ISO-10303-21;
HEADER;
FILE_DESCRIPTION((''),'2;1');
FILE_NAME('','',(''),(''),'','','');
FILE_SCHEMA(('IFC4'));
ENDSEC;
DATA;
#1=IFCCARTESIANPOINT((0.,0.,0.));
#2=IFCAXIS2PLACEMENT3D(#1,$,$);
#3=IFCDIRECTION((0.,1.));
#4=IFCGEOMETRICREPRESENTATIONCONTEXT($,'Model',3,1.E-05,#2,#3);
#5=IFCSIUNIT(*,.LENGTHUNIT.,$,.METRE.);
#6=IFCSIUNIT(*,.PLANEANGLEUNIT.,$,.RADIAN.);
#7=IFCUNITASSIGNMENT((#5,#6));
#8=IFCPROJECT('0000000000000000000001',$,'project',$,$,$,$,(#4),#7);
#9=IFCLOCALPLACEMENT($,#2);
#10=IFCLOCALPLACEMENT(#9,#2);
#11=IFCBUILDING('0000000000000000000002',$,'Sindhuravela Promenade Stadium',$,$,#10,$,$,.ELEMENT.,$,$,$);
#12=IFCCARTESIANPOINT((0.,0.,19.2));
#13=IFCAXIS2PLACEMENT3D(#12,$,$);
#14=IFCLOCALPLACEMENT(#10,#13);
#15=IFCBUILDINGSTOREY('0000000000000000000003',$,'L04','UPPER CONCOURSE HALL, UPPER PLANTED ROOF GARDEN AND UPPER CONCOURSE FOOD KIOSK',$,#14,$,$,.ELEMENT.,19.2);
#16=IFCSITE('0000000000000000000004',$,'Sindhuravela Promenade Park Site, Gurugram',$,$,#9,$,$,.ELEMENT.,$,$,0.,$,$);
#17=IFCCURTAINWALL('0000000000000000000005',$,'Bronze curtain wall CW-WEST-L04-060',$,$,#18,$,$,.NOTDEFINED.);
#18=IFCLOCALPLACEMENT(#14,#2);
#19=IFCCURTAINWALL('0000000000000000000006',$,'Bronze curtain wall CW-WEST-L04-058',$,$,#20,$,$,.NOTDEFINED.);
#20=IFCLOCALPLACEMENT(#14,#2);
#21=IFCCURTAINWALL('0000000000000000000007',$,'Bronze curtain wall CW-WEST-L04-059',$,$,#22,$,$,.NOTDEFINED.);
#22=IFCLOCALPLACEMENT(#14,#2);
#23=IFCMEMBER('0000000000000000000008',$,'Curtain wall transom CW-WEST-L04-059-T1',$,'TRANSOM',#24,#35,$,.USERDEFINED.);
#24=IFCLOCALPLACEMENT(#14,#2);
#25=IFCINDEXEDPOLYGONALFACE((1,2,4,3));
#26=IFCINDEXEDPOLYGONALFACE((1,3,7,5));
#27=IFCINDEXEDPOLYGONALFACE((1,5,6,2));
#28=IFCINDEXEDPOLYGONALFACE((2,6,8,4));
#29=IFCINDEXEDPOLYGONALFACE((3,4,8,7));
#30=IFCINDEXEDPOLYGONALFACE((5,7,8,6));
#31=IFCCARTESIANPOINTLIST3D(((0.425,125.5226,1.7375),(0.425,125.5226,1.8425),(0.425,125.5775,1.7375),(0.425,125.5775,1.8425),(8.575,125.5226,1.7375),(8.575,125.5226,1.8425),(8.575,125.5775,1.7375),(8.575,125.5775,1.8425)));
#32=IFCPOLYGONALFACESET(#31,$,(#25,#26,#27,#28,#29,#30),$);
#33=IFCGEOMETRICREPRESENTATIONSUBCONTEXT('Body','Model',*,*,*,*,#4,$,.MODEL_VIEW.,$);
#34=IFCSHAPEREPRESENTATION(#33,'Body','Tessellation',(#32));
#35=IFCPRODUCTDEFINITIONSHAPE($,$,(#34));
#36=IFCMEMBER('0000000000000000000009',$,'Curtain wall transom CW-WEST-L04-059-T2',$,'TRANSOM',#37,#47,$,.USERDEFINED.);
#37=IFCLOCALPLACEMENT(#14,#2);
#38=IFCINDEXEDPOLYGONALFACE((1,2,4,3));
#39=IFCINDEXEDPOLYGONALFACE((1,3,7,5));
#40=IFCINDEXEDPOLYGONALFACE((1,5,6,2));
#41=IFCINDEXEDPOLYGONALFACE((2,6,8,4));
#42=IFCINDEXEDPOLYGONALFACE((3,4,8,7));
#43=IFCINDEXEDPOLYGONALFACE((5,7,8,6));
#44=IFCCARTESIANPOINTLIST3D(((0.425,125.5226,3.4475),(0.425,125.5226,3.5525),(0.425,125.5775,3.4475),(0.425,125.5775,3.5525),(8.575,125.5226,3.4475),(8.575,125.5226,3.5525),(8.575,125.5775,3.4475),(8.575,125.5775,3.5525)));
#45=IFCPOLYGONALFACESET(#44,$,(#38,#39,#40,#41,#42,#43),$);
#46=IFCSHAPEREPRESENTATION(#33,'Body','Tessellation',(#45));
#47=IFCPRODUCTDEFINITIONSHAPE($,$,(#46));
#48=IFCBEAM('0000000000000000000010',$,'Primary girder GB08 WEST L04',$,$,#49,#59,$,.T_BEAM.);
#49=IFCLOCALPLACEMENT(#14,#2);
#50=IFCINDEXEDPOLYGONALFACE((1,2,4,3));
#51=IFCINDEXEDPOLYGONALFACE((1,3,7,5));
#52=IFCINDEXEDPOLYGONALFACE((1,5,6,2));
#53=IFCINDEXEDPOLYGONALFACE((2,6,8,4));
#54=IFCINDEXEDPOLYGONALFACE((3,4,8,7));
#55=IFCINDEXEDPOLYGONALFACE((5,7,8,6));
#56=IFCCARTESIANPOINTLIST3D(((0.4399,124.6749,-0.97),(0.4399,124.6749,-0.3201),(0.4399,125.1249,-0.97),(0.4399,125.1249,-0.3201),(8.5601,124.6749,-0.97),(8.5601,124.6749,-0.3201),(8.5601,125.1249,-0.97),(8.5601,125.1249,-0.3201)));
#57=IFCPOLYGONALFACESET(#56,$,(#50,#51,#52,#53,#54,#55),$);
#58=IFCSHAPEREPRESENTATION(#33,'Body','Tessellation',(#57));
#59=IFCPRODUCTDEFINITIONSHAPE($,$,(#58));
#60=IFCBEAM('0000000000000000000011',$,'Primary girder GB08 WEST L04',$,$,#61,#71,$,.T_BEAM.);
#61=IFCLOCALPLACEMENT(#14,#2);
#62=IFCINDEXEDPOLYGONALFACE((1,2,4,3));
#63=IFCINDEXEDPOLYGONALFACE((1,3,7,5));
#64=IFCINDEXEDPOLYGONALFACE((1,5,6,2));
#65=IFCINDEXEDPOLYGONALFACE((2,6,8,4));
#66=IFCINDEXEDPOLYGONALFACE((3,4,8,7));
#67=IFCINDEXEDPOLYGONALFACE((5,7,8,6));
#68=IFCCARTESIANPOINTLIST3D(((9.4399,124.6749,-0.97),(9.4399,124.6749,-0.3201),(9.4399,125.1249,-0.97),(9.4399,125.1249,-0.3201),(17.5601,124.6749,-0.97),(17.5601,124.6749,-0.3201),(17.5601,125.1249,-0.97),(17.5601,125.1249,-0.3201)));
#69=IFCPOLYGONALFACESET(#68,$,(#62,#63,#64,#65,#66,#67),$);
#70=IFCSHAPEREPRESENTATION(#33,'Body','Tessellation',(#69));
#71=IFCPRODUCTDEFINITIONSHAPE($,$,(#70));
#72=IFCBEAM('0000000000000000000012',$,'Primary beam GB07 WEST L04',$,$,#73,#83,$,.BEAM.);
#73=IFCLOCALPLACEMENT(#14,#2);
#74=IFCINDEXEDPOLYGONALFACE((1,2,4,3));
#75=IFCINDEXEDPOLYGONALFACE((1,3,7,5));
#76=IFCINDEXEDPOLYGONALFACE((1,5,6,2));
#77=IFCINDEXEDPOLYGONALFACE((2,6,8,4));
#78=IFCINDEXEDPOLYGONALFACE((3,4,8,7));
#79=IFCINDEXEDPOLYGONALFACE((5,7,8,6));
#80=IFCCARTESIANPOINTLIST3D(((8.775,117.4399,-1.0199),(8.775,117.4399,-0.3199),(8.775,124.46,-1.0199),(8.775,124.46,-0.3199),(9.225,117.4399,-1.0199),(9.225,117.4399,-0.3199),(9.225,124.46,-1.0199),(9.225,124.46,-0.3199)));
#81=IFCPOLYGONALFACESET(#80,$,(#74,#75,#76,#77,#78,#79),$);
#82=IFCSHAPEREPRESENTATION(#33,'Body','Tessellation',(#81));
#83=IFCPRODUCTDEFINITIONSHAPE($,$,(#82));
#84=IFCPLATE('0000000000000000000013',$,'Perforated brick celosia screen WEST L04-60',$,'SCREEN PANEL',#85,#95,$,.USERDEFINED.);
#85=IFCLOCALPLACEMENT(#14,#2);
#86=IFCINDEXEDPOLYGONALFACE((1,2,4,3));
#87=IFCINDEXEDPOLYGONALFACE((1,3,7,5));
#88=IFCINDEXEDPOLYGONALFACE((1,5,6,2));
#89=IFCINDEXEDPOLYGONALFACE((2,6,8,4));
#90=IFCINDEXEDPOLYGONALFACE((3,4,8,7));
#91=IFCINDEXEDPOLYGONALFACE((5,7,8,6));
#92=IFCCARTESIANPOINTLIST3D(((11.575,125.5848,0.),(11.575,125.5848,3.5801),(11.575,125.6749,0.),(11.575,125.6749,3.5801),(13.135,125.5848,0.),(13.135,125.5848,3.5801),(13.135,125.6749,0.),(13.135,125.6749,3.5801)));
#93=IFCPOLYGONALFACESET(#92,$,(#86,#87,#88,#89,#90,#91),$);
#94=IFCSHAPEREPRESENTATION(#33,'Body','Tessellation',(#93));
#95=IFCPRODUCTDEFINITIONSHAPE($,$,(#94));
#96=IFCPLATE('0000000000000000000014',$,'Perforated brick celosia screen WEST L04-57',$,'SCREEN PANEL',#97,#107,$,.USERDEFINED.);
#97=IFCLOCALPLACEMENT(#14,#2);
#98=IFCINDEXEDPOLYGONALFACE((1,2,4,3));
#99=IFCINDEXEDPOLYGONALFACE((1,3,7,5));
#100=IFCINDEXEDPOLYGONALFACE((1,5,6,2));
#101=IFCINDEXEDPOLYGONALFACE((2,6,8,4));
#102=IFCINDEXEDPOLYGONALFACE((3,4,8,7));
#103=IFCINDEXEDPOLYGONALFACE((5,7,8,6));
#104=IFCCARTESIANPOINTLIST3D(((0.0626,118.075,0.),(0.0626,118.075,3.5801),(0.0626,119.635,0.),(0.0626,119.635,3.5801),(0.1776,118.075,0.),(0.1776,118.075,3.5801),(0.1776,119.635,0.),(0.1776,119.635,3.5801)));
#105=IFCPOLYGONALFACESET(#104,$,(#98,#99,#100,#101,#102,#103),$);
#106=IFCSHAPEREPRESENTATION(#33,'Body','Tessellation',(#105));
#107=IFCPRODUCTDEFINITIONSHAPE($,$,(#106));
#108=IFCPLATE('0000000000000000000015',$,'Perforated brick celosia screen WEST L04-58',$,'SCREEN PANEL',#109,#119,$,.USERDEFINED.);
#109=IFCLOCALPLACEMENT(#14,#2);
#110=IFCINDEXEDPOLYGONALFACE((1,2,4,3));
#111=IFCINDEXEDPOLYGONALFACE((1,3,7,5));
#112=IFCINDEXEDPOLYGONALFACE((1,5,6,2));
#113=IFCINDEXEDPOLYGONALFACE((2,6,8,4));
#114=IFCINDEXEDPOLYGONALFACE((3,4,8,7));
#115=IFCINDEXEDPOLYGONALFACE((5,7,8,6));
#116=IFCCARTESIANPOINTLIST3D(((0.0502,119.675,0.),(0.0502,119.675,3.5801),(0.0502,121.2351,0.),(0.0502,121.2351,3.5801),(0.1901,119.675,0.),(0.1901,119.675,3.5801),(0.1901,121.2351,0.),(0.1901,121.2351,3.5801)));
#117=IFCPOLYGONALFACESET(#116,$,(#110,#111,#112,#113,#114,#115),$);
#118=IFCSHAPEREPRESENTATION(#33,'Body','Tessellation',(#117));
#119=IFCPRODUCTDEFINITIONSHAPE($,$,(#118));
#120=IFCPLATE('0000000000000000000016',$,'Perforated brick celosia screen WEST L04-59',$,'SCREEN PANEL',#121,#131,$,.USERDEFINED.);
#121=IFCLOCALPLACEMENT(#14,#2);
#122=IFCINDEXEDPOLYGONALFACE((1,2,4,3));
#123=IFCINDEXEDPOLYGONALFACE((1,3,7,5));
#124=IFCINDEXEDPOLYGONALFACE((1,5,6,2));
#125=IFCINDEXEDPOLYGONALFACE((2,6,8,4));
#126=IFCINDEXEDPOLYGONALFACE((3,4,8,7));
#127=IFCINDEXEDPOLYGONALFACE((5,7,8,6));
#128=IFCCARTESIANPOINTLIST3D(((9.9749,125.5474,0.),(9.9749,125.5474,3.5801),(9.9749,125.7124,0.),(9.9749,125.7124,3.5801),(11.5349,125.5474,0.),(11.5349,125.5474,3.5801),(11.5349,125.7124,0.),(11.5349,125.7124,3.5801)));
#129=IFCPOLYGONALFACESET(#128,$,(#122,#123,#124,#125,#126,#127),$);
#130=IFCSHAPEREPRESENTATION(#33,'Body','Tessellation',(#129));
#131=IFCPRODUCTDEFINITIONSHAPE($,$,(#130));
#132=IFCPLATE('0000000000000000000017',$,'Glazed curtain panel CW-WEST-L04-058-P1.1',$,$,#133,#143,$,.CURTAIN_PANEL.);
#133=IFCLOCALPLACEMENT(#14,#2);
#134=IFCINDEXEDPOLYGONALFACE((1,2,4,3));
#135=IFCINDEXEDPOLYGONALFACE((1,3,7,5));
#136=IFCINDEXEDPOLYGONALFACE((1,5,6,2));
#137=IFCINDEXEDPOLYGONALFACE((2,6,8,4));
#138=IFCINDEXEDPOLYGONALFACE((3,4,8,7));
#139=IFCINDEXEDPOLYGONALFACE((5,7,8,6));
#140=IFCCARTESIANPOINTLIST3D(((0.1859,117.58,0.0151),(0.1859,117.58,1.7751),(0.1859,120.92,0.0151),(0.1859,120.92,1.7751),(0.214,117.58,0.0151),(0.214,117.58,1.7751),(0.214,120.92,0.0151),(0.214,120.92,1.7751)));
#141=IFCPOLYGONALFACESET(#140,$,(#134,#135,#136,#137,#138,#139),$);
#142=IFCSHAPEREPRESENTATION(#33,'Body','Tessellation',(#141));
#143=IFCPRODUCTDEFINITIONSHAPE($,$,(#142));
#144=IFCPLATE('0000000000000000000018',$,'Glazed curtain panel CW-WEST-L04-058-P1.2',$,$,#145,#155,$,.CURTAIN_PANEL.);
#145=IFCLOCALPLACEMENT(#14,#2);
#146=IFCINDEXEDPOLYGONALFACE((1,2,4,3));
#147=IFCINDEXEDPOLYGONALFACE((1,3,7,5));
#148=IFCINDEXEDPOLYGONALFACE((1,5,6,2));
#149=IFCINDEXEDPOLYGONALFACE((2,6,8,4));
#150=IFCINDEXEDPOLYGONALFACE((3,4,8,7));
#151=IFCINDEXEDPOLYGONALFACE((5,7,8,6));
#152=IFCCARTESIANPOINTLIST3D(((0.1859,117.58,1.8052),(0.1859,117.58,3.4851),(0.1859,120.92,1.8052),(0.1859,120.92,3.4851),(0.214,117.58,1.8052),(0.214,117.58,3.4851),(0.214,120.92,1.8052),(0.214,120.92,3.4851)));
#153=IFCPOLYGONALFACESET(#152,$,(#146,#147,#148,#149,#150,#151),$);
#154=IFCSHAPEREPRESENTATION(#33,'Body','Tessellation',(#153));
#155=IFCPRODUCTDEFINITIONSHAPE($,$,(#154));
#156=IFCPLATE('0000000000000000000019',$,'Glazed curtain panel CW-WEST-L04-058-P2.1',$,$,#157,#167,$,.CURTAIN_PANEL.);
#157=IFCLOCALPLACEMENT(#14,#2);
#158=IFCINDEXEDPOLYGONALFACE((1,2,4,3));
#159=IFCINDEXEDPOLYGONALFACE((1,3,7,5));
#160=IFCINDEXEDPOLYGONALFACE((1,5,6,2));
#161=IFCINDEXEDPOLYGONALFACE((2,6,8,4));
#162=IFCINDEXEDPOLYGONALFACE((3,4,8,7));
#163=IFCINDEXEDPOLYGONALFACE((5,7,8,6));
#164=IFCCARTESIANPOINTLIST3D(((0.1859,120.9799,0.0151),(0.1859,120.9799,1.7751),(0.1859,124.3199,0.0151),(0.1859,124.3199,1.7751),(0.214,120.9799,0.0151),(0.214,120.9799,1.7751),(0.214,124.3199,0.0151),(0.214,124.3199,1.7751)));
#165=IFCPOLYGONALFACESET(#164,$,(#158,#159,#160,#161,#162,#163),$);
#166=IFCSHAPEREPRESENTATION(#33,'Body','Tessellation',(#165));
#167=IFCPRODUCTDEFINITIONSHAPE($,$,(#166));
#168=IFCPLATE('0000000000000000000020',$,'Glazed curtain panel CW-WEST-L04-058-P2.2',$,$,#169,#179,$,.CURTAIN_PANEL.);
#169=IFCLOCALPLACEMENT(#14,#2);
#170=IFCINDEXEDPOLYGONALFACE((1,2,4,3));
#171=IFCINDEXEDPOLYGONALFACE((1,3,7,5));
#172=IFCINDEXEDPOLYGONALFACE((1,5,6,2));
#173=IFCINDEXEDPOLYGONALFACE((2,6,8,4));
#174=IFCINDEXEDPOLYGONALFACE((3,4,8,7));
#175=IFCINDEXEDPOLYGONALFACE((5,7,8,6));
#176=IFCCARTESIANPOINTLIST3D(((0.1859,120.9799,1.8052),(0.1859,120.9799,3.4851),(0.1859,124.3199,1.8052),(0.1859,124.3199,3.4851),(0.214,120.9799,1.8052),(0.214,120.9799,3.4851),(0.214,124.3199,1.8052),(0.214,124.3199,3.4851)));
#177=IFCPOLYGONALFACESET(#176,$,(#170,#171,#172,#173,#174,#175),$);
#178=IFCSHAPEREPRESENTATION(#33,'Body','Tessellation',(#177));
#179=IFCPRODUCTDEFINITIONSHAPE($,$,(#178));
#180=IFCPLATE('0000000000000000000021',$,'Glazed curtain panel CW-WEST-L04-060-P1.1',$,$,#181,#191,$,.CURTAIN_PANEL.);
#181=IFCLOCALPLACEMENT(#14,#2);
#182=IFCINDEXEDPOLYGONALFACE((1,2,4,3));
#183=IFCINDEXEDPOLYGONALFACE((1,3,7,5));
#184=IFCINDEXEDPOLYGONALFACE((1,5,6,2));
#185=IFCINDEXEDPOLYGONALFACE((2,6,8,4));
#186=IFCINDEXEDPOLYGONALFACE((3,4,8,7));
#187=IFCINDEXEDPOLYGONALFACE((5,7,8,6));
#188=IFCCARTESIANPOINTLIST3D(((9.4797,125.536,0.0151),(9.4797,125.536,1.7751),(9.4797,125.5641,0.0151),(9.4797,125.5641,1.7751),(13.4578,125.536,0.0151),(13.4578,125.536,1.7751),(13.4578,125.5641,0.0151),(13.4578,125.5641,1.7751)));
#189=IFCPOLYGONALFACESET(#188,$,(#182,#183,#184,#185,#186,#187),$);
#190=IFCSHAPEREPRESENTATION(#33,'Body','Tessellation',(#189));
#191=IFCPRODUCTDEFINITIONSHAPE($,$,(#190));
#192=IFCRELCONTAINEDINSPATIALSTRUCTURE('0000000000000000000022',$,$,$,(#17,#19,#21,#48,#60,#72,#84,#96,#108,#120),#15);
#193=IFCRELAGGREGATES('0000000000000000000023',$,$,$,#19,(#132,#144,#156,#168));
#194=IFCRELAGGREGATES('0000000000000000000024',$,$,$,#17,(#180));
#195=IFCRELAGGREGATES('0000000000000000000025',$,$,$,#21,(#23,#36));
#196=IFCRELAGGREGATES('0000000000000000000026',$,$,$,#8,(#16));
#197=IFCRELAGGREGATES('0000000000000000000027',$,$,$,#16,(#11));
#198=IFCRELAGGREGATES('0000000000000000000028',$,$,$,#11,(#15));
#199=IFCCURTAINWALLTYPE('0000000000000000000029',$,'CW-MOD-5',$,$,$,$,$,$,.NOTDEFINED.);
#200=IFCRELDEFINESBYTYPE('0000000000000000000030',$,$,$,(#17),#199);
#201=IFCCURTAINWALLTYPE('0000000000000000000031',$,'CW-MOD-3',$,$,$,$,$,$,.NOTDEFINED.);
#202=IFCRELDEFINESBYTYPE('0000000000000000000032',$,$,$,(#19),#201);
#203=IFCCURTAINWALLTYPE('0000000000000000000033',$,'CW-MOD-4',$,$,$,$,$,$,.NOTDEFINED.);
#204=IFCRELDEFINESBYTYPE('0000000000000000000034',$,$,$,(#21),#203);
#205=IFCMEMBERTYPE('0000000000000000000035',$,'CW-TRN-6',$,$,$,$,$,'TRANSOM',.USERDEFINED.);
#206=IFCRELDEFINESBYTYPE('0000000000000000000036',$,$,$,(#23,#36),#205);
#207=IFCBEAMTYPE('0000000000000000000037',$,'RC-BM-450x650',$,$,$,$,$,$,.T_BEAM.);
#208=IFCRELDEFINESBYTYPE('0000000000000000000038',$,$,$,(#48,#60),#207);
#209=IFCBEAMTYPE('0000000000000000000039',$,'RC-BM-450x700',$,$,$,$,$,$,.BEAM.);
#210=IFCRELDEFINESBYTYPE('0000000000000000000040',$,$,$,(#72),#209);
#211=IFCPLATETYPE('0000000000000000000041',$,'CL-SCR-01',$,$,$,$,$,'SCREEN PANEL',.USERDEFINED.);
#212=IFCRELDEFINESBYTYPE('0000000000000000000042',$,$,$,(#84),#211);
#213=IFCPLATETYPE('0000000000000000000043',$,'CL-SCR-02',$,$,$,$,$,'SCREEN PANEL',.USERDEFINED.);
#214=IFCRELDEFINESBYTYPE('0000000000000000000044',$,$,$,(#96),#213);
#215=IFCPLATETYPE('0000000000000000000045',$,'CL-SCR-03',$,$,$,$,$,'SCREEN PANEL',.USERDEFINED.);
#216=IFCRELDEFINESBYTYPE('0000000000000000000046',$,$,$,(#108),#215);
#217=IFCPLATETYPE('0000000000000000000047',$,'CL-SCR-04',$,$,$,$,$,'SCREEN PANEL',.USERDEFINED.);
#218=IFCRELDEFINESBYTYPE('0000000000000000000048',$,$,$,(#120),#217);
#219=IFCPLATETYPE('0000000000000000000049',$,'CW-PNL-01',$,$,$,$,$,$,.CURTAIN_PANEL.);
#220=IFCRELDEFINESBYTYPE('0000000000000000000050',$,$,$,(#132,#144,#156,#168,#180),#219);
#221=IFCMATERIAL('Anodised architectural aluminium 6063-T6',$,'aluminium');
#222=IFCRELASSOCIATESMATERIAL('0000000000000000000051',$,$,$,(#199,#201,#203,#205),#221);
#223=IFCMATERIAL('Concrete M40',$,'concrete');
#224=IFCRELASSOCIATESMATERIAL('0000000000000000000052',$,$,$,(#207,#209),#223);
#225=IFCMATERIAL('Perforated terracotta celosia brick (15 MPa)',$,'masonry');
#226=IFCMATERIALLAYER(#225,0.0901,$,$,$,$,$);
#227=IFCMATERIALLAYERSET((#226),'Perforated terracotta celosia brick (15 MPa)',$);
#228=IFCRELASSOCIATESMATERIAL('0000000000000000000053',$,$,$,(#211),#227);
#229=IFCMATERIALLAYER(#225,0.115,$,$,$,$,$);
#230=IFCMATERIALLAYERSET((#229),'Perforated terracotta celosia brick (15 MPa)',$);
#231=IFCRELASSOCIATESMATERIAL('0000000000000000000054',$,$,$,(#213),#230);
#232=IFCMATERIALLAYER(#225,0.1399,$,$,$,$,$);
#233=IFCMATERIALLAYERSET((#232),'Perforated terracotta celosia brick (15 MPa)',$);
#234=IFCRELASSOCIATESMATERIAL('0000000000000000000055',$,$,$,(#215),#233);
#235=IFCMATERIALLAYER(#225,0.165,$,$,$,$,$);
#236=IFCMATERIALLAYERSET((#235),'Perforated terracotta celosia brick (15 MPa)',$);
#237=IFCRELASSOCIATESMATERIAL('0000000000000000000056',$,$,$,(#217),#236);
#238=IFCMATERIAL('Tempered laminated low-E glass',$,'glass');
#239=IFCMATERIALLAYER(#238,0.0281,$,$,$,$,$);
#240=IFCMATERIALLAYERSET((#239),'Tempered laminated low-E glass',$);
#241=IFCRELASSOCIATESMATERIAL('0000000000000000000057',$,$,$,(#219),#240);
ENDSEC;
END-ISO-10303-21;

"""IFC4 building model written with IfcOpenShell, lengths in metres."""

from ifc_helpers import new_model, si_unit, direction, frame, origin, origin_2d, place, context, subcontext, project, spatial, rectangle, extrude, material, layer, layer_set, material_profile, profile_set, type_object, element, aggregate, save


model = new_model("IFC4")

# Units and contexts
model_context = context("Model", 3, precision=1e-05, world=origin(), true_north=direction((0.0, 1.0)))
body_context = subcontext(model_context, "Body", "Model", "MODEL_VIEW")
ifc_project = project(units=[si_unit("LENGTHUNIT", "METRE"), si_unit("PLANEANGLEUNIT", "RADIAN")], contexts=[model_context])

# Site, building, storey
site_placement = place(None, origin())
site = spatial("IfcSite", under=ifc_project, at=site_placement, Name="Sindhuravela Promenade Park Site, Gurugram", CompositionType="ELEMENT", RefElevation=0.0)
building_placement = place(site_placement, origin())
building = spatial("IfcBuilding", under=site, at=building_placement, Name="Sindhuravela Promenade Stadium", CompositionType="ELEMENT")
storey_placement = place(building_placement, frame((0.0, 0.0, 19.2)))
storey = spatial("IfcBuildingStorey", under=building, at=storey_placement, Name="L04", Description="UPPER CONCOURSE HALL, UPPER PLANTED ROOF GARDEN AND UPPER CONCOURSE FOOD KIOSK", CompositionType="ELEMENT", Elevation=19.2)

# Shared definitions
ifc_material_1 = material(Name="Concrete M40", Category="concrete")

# Curtain walls
ifc_material_2 = material(Name="Anodised architectural aluminium 6063-T6", Category="aluminium")
curtain_wall_type_1 = type_object("IfcCurtainWallType", Name="CW-MOD-5", PredefinedType="NOTDEFINED", material=ifc_material_2)
curtain_wall_1_placement = place(storey_placement, origin())
curtain_wall_1 = element("IfcCurtainWall", 1, at=curtain_wall_1_placement, inside=storey, type_object=curtain_wall_type_1, Name="Bronze curtain wall CW-WEST-L04-060", PredefinedType="NOTDEFINED")
curtain_wall_type_2 = type_object("IfcCurtainWallType", Name="CW-MOD-3", PredefinedType="NOTDEFINED", material=ifc_material_2)
curtain_wall_2_placement = place(storey_placement, origin())
curtain_wall_2 = element("IfcCurtainWall", 2, at=curtain_wall_2_placement, inside=storey, type_object=curtain_wall_type_2, Name="Bronze curtain wall CW-WEST-L04-058", PredefinedType="NOTDEFINED")
curtain_wall_type_3 = type_object("IfcCurtainWallType", Name="CW-MOD-4", PredefinedType="NOTDEFINED", material=ifc_material_2)
curtain_wall_3_placement = place(storey_placement, origin())
curtain_wall_3 = element("IfcCurtainWall", 3, at=curtain_wall_3_placement, inside=storey, type_object=curtain_wall_type_3, Name="Bronze curtain wall CW-WEST-L04-059", PredefinedType="NOTDEFINED")

# Members
ifc_material_profile_1 = material_profile(ifc_material_2, rectangle(XDim=0.0549, YDim=0.105, at=origin_2d()), Name="ALU T55x105")
ifc_profile_set_1 = profile_set([ifc_material_profile_1], Name="Anodised architectural aluminium 6063-T6")
member_type_1 = type_object("IfcMemberType", Name="CW-TRN-6", ElementType="TRANSOM", PredefinedType="USERDEFINED", material=ifc_profile_set_1)
member_1_placement = place(storey_placement, frame((0.425, 125.55, 1.79), z_axis=(1.0, 0.0, 0.0), x_axis=(0.0, 1.0, 0.0)))
member_1 = element("IfcMember", 4, at=member_1_placement, type_object=member_type_1, Name="Curtain wall transom CW-WEST-L04-059-T1", ObjectType="TRANSOM", PredefinedType="USERDEFINED", context=body_context, shape_type="SweptSolid", body=[
    extrude(rectangle(XDim=0.0549, YDim=0.105, at=origin_2d()), origin(), (0.0, 0.0, 1.0), 8.1499),
])
member_2_placement = place(storey_placement, frame((0.425, 125.55, 3.5), z_axis=(1.0, 0.0, 0.0), x_axis=(0.0, 1.0, 0.0)))
member_2 = element("IfcMember", 5, at=member_2_placement, type_object=member_type_1, Name="Curtain wall transom CW-WEST-L04-059-T2", ObjectType="TRANSOM", PredefinedType="USERDEFINED", context=body_context, shape_type="SweptSolid", body=[
    extrude(rectangle(XDim=0.0549, YDim=0.105, at=origin_2d()), origin(), (0.0, 0.0, 1.0), 8.1499),
])

# Beams
ifc_material_profile_2 = material_profile(ifc_material_1, rectangle(XDim=0.45, YDim=0.6499, at=origin_2d()), Name="RC 450x650")
ifc_profile_set_2 = profile_set([ifc_material_profile_2], Name="Concrete M40")
beam_type_1 = type_object("IfcBeamType", Name="RC-BM-450x650", PredefinedType="T_BEAM", material=ifc_profile_set_2)
for number, where, z_axis, x_axis, name in (
    (6, (0.4399, 124.8999, -0.645), (1.0, 0.0, 0.0), (0.0, 1.0, 0.0), "Primary girder GB08 WEST L04"),
    (7, (9.4399, 124.8999, -0.645), (1.0, 0.0, 0.0), (0.0, 1.0, 0.0), "Primary girder GB08 WEST L04"),
):
    element("IfcBeam", number, at=place(storey_placement, frame(where, z_axis=z_axis, x_axis=x_axis)), inside=storey, type_object=beam_type_1, Name=name, PredefinedType="T_BEAM", context=body_context, shape_type="SweptSolid", body=[
        extrude(rectangle(XDim=0.45, YDim=0.6499, at=origin_2d()), origin(), (0.0, 0.0, 1.0), 8.1201),
    ])
ifc_material_profile_3 = material_profile(ifc_material_1, rectangle(XDim=0.45, YDim=0.7, at=origin_2d()), Name="RC 450x700")
ifc_profile_set_3 = profile_set([ifc_material_profile_3], Name="Concrete M40")
beam_type_2 = type_object("IfcBeamType", Name="RC-BM-450x700", PredefinedType="BEAM", material=ifc_profile_set_3)
beam_placement = place(storey_placement, frame((9.0, 117.4399, -0.6699), z_axis=(0.0, 1.0, 0.0), x_axis=(-1.0, 0.0, 0.0)))
element("IfcBeam", 8, at=beam_placement, inside=storey, type_object=beam_type_2, Name="Primary beam GB07 WEST L04", PredefinedType="BEAM", context=body_context, shape_type="SweptSolid", body=[
    extrude(rectangle(XDim=0.45, YDim=0.7, at=origin_2d()), origin(), (0.0, 0.0, 1.0), 7.02),
])

# Plates
ifc_material_3 = material(Name="Perforated terracotta celosia brick (15 MPa)", Category="masonry")
ifc_layer_1 = layer(ifc_material_3, 0.0901)
ifc_layer_set_1 = layer_set([ifc_layer_1], Name="Perforated terracotta celosia brick (15 MPa)")
plate_type_1 = type_object("IfcPlateType", Name="CL-SCR-01", ElementType="SCREEN PANEL", PredefinedType="USERDEFINED", material=ifc_layer_set_1)
plate_1_placement = place(storey_placement, frame((12.355, 125.6299, 0.0), z_axis=(0.0, 0.0, 1.0), x_axis=(1.0, 0.0, 0.0)))
element("IfcPlate", 9, at=plate_1_placement, inside=storey, type_object=plate_type_1, Name="Perforated brick celosia screen WEST L04-60", ObjectType="SCREEN PANEL", PredefinedType="USERDEFINED", context=body_context, shape_type="SweptSolid", body=[
    extrude(rectangle(XDim=1.5601, YDim=0.0901, at=origin_2d()), origin(), (0.0, 0.0, 1.0), 3.5801),
])
ifc_layer_2 = layer(ifc_material_3, 0.115)
ifc_layer_set_2 = layer_set([ifc_layer_2], Name="Perforated terracotta celosia brick (15 MPa)")
plate_type_2 = type_object("IfcPlateType", Name="CL-SCR-02", ElementType="SCREEN PANEL", PredefinedType="USERDEFINED", material=ifc_layer_set_2)
plate_2_placement = place(storey_placement, frame((0.1201, 118.855, 0.0), z_axis=(0.0, 0.0, 1.0), x_axis=(0.0, 1.0, 0.0)))
element("IfcPlate", 10, at=plate_2_placement, inside=storey, type_object=plate_type_2, Name="Perforated brick celosia screen WEST L04-57", ObjectType="SCREEN PANEL", PredefinedType="USERDEFINED", context=body_context, shape_type="SweptSolid", body=[
    extrude(rectangle(XDim=1.5601, YDim=0.115, at=origin_2d()), origin(), (0.0, 0.0, 1.0), 3.5801),
])
ifc_layer_3 = layer(ifc_material_3, 0.1399)
ifc_layer_set_3 = layer_set([ifc_layer_3], Name="Perforated terracotta celosia brick (15 MPa)")
plate_type_3 = type_object("IfcPlateType", Name="CL-SCR-03", ElementType="SCREEN PANEL", PredefinedType="USERDEFINED", material=ifc_layer_set_3)
plate_3_placement = place(storey_placement, frame((0.1201, 120.4551, 0.0), z_axis=(0.0, 0.0, 1.0), x_axis=(0.0, 1.0, 0.0)))
element("IfcPlate", 11, at=plate_3_placement, inside=storey, type_object=plate_type_3, Name="Perforated brick celosia screen WEST L04-58", ObjectType="SCREEN PANEL", PredefinedType="USERDEFINED", context=body_context, shape_type="SweptSolid", body=[
    extrude(rectangle(XDim=1.5601, YDim=0.1399, at=origin_2d()), origin(), (0.0, 0.0, 1.0), 3.5801),
])
ifc_layer_4 = layer(ifc_material_3, 0.165)
ifc_layer_set_4 = layer_set([ifc_layer_4], Name="Perforated terracotta celosia brick (15 MPa)")
plate_type_4 = type_object("IfcPlateType", Name="CL-SCR-04", ElementType="SCREEN PANEL", PredefinedType="USERDEFINED", material=ifc_layer_set_4)
plate_4_placement = place(storey_placement, frame((10.7549, 125.6299, 0.0), z_axis=(0.0, 0.0, 1.0), x_axis=(1.0, 0.0, 0.0)))
element("IfcPlate", 12, at=plate_4_placement, inside=storey, type_object=plate_type_4, Name="Perforated brick celosia screen WEST L04-59", ObjectType="SCREEN PANEL", PredefinedType="USERDEFINED", context=body_context, shape_type="SweptSolid", body=[
    extrude(rectangle(XDim=1.5601, YDim=0.165, at=origin_2d()), origin(), (0.0, 0.0, 1.0), 3.5801),
])

# Plates
ifc_material_4 = material(Name="Tempered laminated low-E glass", Category="glass")
ifc_layer_5 = layer(ifc_material_4, 0.0281)
ifc_layer_set_5 = layer_set([ifc_layer_5], Name="Tempered laminated low-E glass")
plate_type_5 = type_object("IfcPlateType", Name="CW-PNL-01", PredefinedType="CURTAIN_PANEL", material=ifc_layer_set_5)
plate_5_placement = place(storey_placement, frame((0.2, 119.25, 0.0151), z_axis=(0.0, 0.0, 1.0), x_axis=(0.0, 1.0, 0.0)))
plate_5 = element("IfcPlate", 13, at=plate_5_placement, type_object=plate_type_5, Name="Glazed curtain panel CW-WEST-L04-058-P1.1", PredefinedType="CURTAIN_PANEL", context=body_context, shape_type="SweptSolid", body=[
    extrude(rectangle(XDim=3.3401, YDim=0.0281, at=origin_2d()), origin(), (0.0, 0.0, 1.0), 1.76),
])
plate_6_placement = place(storey_placement, frame((0.2, 119.25, 1.8052), z_axis=(0.0, 0.0, 1.0), x_axis=(0.0, 1.0, 0.0)))
plate_6 = element("IfcPlate", 14, at=plate_6_placement, type_object=plate_type_5, Name="Glazed curtain panel CW-WEST-L04-058-P1.2", PredefinedType="CURTAIN_PANEL", context=body_context, shape_type="SweptSolid", body=[
    extrude(rectangle(XDim=3.3401, YDim=0.0281, at=origin_2d()), origin(), (0.0, 0.0, 1.0), 1.6799),
])
plate_7_placement = place(storey_placement, frame((0.2, 122.6499, 0.0151), z_axis=(0.0, 0.0, 1.0), x_axis=(0.0, 1.0, 0.0)))
plate_7 = element("IfcPlate", 15, at=plate_7_placement, type_object=plate_type_5, Name="Glazed curtain panel CW-WEST-L04-058-P2.1", PredefinedType="CURTAIN_PANEL", context=body_context, shape_type="SweptSolid", body=[
    extrude(rectangle(XDim=3.3401, YDim=0.0281, at=origin_2d()), origin(), (0.0, 0.0, 1.0), 1.76),
])
plate_8_placement = place(storey_placement, frame((0.2, 122.6499, 1.8052), z_axis=(0.0, 0.0, 1.0), x_axis=(0.0, 1.0, 0.0)))
plate_8 = element("IfcPlate", 16, at=plate_8_placement, type_object=plate_type_5, Name="Glazed curtain panel CW-WEST-L04-058-P2.2", PredefinedType="CURTAIN_PANEL", context=body_context, shape_type="SweptSolid", body=[
    extrude(rectangle(XDim=3.3401, YDim=0.0281, at=origin_2d()), origin(), (0.0, 0.0, 1.0), 1.6799),
])
aggregate(curtain_wall_2, [plate_5, plate_6, plate_7, plate_8])
plate_9_placement = place(storey_placement, frame((11.4688, 125.55, 0.0151), z_axis=(0.0, 0.0, 1.0), x_axis=(1.0, 0.0, 0.0)))
plate_9 = element("IfcPlate", 17, at=plate_9_placement, type_object=plate_type_5, Name="Glazed curtain panel CW-WEST-L04-060-P1.1", PredefinedType="CURTAIN_PANEL", context=body_context, shape_type="SweptSolid", body=[
    extrude(rectangle(XDim=3.978, YDim=0.0281, at=origin_2d()), origin(), (0.0, 0.0, 1.0), 1.76),
])
aggregate(curtain_wall_1, [plate_9])
aggregate(curtain_wall_3, [member_1, member_2])

save(model, "model.ifc")
